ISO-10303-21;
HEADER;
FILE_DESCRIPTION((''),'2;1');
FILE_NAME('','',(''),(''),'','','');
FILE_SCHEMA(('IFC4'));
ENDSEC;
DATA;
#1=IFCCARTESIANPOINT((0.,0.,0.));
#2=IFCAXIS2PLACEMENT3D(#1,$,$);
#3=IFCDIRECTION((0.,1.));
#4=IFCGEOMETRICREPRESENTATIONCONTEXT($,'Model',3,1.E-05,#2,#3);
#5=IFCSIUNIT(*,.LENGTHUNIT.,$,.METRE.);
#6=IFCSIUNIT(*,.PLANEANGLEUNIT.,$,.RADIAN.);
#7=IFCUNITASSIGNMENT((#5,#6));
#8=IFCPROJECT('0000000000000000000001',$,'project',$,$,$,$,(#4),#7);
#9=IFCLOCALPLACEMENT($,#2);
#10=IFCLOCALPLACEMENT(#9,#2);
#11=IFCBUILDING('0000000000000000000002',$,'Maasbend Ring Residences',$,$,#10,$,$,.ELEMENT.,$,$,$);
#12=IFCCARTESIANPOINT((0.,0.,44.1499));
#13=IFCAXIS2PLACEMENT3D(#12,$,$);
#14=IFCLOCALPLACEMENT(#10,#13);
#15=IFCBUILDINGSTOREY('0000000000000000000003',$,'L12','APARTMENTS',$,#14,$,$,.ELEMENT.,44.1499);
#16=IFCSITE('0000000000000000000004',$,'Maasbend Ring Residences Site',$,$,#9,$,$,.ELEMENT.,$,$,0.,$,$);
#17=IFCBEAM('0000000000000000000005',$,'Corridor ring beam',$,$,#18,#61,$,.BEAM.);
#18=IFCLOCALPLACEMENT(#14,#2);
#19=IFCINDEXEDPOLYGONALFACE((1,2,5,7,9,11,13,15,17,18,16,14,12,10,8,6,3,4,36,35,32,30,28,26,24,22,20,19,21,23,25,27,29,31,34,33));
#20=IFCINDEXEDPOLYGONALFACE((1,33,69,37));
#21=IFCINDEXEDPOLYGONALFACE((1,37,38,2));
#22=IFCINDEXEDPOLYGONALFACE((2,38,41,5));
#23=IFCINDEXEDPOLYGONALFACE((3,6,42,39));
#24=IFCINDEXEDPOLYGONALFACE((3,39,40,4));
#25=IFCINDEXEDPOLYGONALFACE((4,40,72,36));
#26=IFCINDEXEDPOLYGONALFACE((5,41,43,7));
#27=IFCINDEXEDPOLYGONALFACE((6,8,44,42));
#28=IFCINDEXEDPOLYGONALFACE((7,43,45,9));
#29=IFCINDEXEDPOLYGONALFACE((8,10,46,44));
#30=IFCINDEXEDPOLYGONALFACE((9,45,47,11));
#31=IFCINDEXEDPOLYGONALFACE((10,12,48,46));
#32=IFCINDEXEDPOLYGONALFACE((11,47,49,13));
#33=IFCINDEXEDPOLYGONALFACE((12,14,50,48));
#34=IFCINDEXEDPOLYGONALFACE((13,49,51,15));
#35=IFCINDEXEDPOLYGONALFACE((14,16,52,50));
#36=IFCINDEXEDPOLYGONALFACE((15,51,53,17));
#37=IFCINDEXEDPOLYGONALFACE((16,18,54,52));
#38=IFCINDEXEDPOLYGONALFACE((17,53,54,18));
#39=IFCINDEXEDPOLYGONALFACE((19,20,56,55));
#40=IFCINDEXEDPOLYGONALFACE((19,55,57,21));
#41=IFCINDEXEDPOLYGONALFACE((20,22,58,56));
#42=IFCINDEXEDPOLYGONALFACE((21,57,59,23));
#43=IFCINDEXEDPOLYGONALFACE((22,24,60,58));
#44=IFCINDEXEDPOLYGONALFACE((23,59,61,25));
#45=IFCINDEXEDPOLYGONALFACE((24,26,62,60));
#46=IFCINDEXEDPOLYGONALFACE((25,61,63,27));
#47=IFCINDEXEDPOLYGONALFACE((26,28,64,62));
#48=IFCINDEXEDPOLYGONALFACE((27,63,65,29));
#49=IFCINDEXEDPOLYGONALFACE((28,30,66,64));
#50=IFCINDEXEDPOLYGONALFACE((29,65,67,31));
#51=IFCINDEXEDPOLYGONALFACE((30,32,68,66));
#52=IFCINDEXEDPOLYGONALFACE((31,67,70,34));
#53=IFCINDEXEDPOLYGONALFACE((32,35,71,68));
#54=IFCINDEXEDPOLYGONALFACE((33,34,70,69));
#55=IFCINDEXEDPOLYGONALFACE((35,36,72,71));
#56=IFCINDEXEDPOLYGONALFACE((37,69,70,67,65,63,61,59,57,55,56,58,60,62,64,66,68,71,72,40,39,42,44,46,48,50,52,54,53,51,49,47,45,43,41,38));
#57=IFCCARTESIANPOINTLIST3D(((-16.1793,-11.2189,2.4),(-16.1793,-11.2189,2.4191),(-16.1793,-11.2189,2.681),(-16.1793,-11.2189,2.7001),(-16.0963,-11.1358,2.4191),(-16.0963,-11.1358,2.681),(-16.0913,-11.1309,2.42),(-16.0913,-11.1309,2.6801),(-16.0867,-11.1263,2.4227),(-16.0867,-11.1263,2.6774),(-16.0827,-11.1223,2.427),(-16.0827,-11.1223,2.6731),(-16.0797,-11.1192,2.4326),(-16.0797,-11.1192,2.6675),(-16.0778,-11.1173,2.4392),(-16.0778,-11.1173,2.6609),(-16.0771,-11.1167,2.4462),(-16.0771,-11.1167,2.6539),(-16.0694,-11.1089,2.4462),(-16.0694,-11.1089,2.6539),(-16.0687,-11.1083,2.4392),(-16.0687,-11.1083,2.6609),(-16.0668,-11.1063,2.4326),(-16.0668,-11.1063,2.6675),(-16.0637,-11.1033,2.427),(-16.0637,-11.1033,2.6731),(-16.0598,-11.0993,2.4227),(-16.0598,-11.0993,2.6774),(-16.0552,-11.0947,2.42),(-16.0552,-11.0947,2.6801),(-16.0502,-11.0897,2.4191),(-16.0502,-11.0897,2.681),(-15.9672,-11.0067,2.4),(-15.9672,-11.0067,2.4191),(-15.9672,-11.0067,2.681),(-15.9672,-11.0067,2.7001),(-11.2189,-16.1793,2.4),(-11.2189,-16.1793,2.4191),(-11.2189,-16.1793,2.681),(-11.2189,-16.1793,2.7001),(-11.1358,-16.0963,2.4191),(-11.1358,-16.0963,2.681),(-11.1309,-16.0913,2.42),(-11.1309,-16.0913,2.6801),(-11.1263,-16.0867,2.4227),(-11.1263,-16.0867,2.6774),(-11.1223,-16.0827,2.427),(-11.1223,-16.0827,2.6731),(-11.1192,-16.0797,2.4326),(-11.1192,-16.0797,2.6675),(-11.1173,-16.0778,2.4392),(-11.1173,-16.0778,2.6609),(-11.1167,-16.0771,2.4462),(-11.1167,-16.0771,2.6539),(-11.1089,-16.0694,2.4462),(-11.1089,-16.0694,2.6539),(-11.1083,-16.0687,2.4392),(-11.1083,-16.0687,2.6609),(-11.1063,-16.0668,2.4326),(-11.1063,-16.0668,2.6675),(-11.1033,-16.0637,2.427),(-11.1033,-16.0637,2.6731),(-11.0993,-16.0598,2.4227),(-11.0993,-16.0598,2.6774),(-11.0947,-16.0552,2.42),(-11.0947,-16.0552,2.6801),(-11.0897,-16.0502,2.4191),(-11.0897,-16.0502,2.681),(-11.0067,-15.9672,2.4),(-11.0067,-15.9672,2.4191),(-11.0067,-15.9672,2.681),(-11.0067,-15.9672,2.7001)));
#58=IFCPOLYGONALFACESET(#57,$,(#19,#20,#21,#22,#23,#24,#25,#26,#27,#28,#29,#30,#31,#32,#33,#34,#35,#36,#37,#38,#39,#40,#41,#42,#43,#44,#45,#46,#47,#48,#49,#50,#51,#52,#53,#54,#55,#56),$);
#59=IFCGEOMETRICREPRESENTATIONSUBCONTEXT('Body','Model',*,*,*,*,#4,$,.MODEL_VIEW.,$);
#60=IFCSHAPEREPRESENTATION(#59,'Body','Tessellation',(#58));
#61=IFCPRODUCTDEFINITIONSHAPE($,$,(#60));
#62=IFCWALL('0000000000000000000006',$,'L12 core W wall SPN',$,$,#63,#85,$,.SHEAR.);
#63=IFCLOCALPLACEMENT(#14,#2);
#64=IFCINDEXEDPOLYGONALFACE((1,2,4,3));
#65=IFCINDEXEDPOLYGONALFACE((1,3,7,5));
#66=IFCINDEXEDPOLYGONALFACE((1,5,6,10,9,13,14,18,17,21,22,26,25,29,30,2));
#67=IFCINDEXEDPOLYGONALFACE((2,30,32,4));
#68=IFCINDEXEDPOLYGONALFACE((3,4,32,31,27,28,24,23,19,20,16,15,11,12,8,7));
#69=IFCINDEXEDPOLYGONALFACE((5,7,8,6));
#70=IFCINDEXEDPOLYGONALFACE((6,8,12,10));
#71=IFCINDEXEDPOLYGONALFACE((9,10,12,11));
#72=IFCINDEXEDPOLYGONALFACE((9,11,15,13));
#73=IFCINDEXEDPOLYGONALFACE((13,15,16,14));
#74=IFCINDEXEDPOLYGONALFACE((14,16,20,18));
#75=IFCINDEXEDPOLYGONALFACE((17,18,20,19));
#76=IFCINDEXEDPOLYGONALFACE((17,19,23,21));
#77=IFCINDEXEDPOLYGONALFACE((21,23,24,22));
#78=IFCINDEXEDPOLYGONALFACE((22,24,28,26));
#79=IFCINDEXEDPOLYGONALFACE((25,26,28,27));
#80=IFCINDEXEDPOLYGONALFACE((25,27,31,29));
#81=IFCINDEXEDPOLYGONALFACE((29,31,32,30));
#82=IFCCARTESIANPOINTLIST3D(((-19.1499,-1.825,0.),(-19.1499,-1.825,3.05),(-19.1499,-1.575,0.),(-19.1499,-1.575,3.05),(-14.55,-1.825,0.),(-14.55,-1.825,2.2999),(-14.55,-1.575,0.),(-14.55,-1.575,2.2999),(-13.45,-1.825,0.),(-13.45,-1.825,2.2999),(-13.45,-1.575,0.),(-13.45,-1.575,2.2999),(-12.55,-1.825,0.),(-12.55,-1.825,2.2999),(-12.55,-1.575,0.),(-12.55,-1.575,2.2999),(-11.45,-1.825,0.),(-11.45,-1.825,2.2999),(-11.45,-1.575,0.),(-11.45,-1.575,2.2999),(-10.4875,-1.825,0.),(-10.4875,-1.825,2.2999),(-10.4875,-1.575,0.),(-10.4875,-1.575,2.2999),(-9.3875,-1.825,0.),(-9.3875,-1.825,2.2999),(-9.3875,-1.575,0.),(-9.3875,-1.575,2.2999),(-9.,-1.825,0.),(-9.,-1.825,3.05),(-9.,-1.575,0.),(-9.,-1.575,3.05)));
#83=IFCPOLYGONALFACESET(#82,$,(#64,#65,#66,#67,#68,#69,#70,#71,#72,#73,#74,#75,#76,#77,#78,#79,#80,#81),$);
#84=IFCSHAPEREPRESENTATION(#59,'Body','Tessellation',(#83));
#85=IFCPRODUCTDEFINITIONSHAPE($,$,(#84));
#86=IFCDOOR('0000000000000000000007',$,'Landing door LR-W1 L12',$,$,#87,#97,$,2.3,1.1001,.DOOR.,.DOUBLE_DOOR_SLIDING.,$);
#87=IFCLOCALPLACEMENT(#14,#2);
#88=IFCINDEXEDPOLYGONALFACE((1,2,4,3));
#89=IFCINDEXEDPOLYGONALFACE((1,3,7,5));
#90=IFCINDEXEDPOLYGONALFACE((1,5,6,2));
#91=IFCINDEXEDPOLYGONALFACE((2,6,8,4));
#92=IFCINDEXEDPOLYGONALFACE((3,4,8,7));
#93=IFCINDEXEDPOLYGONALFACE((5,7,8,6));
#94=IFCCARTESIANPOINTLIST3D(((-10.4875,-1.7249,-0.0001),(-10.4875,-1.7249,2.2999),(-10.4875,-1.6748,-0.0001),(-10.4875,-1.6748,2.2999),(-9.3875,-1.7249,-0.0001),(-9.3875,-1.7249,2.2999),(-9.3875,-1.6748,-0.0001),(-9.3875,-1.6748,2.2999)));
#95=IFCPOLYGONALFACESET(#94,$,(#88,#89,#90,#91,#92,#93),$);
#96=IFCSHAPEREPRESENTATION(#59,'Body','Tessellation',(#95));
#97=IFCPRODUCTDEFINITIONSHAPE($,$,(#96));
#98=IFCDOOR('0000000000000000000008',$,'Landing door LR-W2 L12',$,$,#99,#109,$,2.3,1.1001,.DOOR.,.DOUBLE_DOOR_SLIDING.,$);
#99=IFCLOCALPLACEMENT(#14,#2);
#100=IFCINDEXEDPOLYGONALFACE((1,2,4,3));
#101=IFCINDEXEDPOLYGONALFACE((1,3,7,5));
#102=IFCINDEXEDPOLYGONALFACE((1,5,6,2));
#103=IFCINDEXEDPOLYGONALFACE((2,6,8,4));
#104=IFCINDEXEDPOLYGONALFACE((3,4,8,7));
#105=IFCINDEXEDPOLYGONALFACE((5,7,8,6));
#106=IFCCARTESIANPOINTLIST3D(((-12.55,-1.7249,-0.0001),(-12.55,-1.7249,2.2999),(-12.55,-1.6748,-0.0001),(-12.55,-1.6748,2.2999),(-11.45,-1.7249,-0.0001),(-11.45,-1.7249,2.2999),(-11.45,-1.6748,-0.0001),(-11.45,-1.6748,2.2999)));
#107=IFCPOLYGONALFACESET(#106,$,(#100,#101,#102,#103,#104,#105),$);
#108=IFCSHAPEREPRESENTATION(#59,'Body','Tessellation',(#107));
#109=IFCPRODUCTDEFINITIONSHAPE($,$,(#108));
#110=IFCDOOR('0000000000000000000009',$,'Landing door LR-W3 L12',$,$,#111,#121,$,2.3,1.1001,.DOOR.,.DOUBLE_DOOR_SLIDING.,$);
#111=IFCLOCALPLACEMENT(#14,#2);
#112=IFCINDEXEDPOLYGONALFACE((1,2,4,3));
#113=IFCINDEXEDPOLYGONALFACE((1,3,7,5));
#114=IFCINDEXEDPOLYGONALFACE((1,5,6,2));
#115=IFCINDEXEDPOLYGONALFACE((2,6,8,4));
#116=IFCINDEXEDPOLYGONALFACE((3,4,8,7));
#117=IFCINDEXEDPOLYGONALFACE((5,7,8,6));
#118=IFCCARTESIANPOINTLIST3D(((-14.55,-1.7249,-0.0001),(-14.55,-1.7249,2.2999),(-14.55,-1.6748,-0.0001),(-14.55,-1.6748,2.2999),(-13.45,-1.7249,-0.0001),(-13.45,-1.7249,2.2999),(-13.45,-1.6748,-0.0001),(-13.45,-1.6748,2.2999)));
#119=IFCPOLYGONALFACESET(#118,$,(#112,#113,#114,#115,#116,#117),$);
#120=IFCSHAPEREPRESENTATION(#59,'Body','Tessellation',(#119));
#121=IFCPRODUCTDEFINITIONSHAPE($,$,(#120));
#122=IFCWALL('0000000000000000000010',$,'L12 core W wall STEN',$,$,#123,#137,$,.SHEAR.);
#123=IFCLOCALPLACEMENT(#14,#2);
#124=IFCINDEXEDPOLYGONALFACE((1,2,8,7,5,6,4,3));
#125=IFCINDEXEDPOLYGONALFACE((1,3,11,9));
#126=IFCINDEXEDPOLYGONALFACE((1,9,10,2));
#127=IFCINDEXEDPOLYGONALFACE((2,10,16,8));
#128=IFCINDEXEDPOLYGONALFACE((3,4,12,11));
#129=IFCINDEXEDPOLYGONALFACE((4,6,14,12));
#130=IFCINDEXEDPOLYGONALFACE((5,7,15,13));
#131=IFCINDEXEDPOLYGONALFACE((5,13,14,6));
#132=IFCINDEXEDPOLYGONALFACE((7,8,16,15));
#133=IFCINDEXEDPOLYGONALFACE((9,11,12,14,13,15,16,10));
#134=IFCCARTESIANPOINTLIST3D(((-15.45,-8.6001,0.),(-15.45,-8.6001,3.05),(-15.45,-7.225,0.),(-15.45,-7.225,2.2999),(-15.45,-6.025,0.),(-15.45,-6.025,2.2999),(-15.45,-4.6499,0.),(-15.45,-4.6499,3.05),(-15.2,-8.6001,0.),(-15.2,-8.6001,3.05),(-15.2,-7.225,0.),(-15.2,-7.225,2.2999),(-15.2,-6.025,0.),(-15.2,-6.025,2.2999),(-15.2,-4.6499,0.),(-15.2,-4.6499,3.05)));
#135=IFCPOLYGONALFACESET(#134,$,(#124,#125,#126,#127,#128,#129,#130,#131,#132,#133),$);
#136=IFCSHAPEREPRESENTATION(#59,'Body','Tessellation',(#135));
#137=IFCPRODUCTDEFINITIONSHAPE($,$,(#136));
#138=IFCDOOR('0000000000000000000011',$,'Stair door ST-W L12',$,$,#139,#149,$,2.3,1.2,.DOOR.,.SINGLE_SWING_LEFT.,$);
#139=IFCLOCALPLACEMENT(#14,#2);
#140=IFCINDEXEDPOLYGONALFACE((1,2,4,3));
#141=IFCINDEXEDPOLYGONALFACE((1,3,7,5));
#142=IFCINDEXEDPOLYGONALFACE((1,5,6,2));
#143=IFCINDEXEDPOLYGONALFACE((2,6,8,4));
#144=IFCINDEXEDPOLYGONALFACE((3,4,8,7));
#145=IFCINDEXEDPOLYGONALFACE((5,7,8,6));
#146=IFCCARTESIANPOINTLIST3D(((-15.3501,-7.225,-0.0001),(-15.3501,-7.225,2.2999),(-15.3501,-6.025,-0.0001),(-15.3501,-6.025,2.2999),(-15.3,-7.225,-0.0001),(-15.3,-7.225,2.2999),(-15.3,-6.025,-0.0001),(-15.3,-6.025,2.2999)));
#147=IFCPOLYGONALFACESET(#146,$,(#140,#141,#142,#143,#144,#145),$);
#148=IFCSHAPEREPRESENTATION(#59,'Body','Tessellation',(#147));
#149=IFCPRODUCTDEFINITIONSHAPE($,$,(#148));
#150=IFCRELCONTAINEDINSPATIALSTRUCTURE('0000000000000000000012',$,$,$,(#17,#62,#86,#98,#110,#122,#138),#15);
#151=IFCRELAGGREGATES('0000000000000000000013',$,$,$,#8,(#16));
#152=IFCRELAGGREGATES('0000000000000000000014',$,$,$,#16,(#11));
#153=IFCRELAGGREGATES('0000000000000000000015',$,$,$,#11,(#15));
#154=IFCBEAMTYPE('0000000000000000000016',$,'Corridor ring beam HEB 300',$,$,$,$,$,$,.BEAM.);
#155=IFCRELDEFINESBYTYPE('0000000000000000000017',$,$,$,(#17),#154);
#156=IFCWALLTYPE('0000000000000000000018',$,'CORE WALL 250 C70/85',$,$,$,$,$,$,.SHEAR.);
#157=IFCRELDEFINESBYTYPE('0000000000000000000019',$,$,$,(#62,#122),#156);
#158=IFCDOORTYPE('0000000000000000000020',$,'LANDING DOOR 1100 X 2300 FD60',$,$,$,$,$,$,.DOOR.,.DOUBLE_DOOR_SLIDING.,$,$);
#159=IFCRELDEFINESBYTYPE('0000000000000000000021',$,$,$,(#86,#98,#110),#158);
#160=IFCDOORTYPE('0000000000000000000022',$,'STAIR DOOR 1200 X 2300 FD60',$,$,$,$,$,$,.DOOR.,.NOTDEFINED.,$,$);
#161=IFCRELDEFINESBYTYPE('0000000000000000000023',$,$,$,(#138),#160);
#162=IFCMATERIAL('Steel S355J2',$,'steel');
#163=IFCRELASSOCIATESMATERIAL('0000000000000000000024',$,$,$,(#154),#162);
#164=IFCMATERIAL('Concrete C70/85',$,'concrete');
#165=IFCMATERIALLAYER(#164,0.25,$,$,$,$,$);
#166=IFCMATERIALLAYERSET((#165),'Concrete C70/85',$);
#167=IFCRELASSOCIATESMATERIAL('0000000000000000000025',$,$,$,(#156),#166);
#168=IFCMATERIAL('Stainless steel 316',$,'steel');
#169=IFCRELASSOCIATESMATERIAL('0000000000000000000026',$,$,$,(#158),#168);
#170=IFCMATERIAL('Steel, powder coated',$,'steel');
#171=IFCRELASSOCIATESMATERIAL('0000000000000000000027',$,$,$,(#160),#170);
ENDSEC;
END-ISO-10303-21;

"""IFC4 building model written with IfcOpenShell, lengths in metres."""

from ifc_helpers import new_model, si_unit, direction, frame, frame_2d, origin, origin_2d, place, context, subcontext, project, spatial, rectangle, i_section, extrude, material, layer, layer_set, material_profile, profile_set, type_object, element, fill, save


model = new_model("IFC4")

# Units and contexts
model_context = context("Model", 3, precision=1e-05, world=origin(), true_north=direction((0.0, 1.0)))
body_context = subcontext(model_context, "Body", "Model", "MODEL_VIEW")
ifc_project = project(units=[si_unit("LENGTHUNIT", "METRE"), si_unit("PLANEANGLEUNIT", "RADIAN")], contexts=[model_context])

# Site, building, storey
site_placement = place(None, origin())
site = spatial("IfcSite", under=ifc_project, at=site_placement, Name="Maasbend Ring Residences Site", CompositionType="ELEMENT", RefElevation=0.0)
building_placement = place(site_placement, origin())
building = spatial("IfcBuilding", under=site, at=building_placement, Name="Maasbend Ring Residences", CompositionType="ELEMENT")
storey_placement = place(building_placement, frame((0.0, 0.0, 44.1499)))
storey = spatial("IfcBuildingStorey", under=building, at=storey_placement, Name="L12", Description="APARTMENTS", CompositionType="ELEMENT", Elevation=44.1499)

# Beam
ifc_material_1 = material(Name="Steel S355J2", Category="steel")
ifc_material_profile = material_profile(ifc_material_1, i_section(OverallWidth=0.3, OverallDepth=0.3, WebThickness=0.011, FlangeThickness=0.019, FilletRadius=0.0271, at=origin_2d()), Name="HEB 300")
ifc_profile_set = profile_set([ifc_material_profile], Name="Steel S355J2")
beam_type = type_object("IfcBeamType", Name="Corridor ring beam HEB 300", PredefinedType="BEAM", material=ifc_profile_set)
beam_placement = place(storey_placement, frame((-16.0732, -11.1128, 2.55), z_axis=(0.707107, -0.707107, 0.0), x_axis=(0.707107, 0.707107, 0.0)))
element("IfcBeam", 1, at=beam_placement, inside=storey, type_object=beam_type, Name="Corridor ring beam", PredefinedType="BEAM", context=body_context, shape_type="SweptSolid", body=[
    extrude(i_section(OverallWidth=0.3, OverallDepth=0.3, WebThickness=0.011, FlangeThickness=0.019, FilletRadius=0.0271, at=origin_2d()), origin(), (0.0, 0.0, 1.0), 7.0151),
])

# Wall, openings, doors
ifc_material_2 = material(Name="Concrete C70/85", Category="concrete")
ifc_layer_1 = layer(ifc_material_2, 0.25)
ifc_layer_set_1 = layer_set([ifc_layer_1], Name="Concrete C70/85")
wall_type_1 = type_object("IfcWallType", Name="CORE WALL 250 C70/85", PredefinedType="SHEAR", material=ifc_layer_set_1)
wall_1_placement = place(storey_placement, frame((-9.0, -1.7, 0.0), z_axis=(0.0, 0.0, 1.0), x_axis=(-1.0, 0.0, 0.0)))
wall_1 = element("IfcWall", 2, at=wall_1_placement, inside=storey, type_object=wall_type_1, Name="L12 core W wall SPN", PredefinedType="SHEAR", context=body_context, shape_type="SweptSolid", body=[
    extrude(rectangle(XDim=10.1499, YDim=0.25, at=frame_2d((5.075, 0.0))), origin(), (0.0, 0.0, 1.0), 3.05),
])
opening_1_placement = place(wall_1_placement, frame((0.3875, 0.0, 0.0)))
opening_1 = element("IfcOpeningElement", 3, at=opening_1_placement, cuts=wall_1, PredefinedType="OPENING", context=body_context, shape_type="SweptSolid", body=[
    extrude(rectangle(XDim=1.1001, YDim=2.3, at=frame_2d((0.55, 1.1499))), frame((0.0, 0.135, 0.0), z_axis=(0.0, -1.0, 0.0), x_axis=(1.0, 0.0, 0.0)), (0.0, 0.0, 1.0), 0.27),
])
opening_2_placement = place(wall_1_placement, frame((2.45, 0.0, 0.0)))
opening_2 = element("IfcOpeningElement", 4, at=opening_2_placement, cuts=wall_1, PredefinedType="OPENING", context=body_context, shape_type="SweptSolid", body=[
    extrude(rectangle(XDim=1.1001, YDim=2.3, at=frame_2d((0.55, 1.1499))), frame((0.0, 0.135, 0.0), z_axis=(0.0, -1.0, 0.0), x_axis=(1.0, 0.0, 0.0)), (0.0, 0.0, 1.0), 0.27),
])
opening_3_placement = place(wall_1_placement, frame((4.45, 0.0, 0.0)))
opening_3 = element("IfcOpeningElement", 5, at=opening_3_placement, cuts=wall_1, PredefinedType="OPENING", context=body_context, shape_type="SweptSolid", body=[
    extrude(rectangle(XDim=1.1001, YDim=2.3, at=frame_2d((0.55, 1.1499))), frame((0.0, 0.135, 0.0), z_axis=(0.0, -1.0, 0.0), x_axis=(1.0, 0.0, 0.0)), (0.0, 0.0, 1.0), 0.27),
])
ifc_material_3 = material(Name="Stainless steel 316", Category="steel")
door_type_1 = type_object("IfcDoorType", Name="LANDING DOOR 1100 X 2300 FD60", OperationType="DOUBLE_DOOR_SLIDING", PredefinedType="DOOR", material=ifc_material_3)
door_1_placement = place(opening_1_placement, origin())
door_1 = element("IfcDoor", 6, at=door_1_placement, inside=storey, type_object=door_type_1, Name="Landing door LR-W1 L12", OperationType="DOUBLE_DOOR_SLIDING", OverallHeight=2.3, OverallWidth=1.1001, PredefinedType="DOOR", context=body_context, shape_type="SweptSolid", body=[
    extrude(rectangle(XDim=1.1001, YDim=2.3, at=frame_2d((0.55, 1.1499))), frame((0.0, 0.0249, 0.0), z_axis=(0.0, -1.0, 0.0), x_axis=(1.0, 0.0, 0.0)), (0.0, 0.0, 1.0), 0.05),
])
fill(opening_1, door_1)
door_2_placement = place(opening_2_placement, origin())
door_2 = element("IfcDoor", 7, at=door_2_placement, inside=storey, type_object=door_type_1, Name="Landing door LR-W2 L12", OperationType="DOUBLE_DOOR_SLIDING", OverallHeight=2.3, OverallWidth=1.1001, PredefinedType="DOOR", context=body_context, shape_type="SweptSolid", body=[
    extrude(rectangle(XDim=1.1001, YDim=2.3, at=frame_2d((0.55, 1.1499))), frame((0.0, 0.0249, 0.0), z_axis=(0.0, -1.0, 0.0), x_axis=(1.0, 0.0, 0.0)), (0.0, 0.0, 1.0), 0.05),
])
fill(opening_2, door_2)
door_3_placement = place(opening_3_placement, origin())
door_3 = element("IfcDoor", 8, at=door_3_placement, inside=storey, type_object=door_type_1, Name="Landing door LR-W3 L12", OperationType="DOUBLE_DOOR_SLIDING", OverallHeight=2.3, OverallWidth=1.1001, PredefinedType="DOOR", context=body_context, shape_type="SweptSolid", body=[
    extrude(rectangle(XDim=1.1001, YDim=2.3, at=frame_2d((0.55, 1.1499))), frame((0.0, 0.0249, 0.0), z_axis=(0.0, -1.0, 0.0), x_axis=(1.0, 0.0, 0.0)), (0.0, 0.0, 1.0), 0.05),
])
fill(opening_3, door_3)

# Wall, opening, door
wall_2_placement = place(storey_placement, frame((-15.325, -4.6499, 0.0), z_axis=(0.0, 0.0, 1.0), x_axis=(0.0, -1.0, 0.0)))
wall_2 = element("IfcWall", 9, at=wall_2_placement, inside=storey, type_object=wall_type_1, Name="L12 core W wall STEN", PredefinedType="SHEAR", context=body_context, shape_type="SweptSolid", body=[
    extrude(rectangle(XDim=3.9502, YDim=0.25, at=frame_2d((1.9751, 0.0))), origin(), (0.0, 0.0, 1.0), 3.05),
])
opening_4_placement = place(wall_2_placement, frame((1.375, 0.0, 0.0)))
opening_4 = element("IfcOpeningElement", 10, at=opening_4_placement, cuts=wall_2, PredefinedType="OPENING", context=body_context, shape_type="SweptSolid", body=[
    extrude(rectangle(XDim=1.2, YDim=2.3, at=frame_2d((0.6001, 1.1499))), frame((0.0, 0.135, 0.0), z_axis=(0.0, -1.0, 0.0), x_axis=(1.0, 0.0, 0.0)), (0.0, 0.0, 1.0), 0.27),
])
ifc_material_4 = material(Name="Steel, powder coated", Category="steel")
door_type_2 = type_object("IfcDoorType", Name="STAIR DOOR 1200 X 2300 FD60", OperationType="NOTDEFINED", PredefinedType="DOOR", material=ifc_material_4)
door_4_placement = place(opening_4_placement, origin())
door_4 = element("IfcDoor", 11, at=door_4_placement, inside=storey, type_object=door_type_2, Name="Stair door ST-W L12", OperationType="SINGLE_SWING_LEFT", OverallHeight=2.3, OverallWidth=1.2, PredefinedType="DOOR", context=body_context, shape_type="SweptSolid", body=[
    extrude(rectangle(XDim=1.2, YDim=2.3, at=frame_2d((0.6001, 1.1499))), frame((0.0, 0.0249, 0.0), z_axis=(0.0, -1.0, 0.0), x_axis=(1.0, 0.0, 0.0)), (0.0, 0.0, 1.0), 0.05),
])
fill(opening_4, door_4)

save(model, "model.ifc")
